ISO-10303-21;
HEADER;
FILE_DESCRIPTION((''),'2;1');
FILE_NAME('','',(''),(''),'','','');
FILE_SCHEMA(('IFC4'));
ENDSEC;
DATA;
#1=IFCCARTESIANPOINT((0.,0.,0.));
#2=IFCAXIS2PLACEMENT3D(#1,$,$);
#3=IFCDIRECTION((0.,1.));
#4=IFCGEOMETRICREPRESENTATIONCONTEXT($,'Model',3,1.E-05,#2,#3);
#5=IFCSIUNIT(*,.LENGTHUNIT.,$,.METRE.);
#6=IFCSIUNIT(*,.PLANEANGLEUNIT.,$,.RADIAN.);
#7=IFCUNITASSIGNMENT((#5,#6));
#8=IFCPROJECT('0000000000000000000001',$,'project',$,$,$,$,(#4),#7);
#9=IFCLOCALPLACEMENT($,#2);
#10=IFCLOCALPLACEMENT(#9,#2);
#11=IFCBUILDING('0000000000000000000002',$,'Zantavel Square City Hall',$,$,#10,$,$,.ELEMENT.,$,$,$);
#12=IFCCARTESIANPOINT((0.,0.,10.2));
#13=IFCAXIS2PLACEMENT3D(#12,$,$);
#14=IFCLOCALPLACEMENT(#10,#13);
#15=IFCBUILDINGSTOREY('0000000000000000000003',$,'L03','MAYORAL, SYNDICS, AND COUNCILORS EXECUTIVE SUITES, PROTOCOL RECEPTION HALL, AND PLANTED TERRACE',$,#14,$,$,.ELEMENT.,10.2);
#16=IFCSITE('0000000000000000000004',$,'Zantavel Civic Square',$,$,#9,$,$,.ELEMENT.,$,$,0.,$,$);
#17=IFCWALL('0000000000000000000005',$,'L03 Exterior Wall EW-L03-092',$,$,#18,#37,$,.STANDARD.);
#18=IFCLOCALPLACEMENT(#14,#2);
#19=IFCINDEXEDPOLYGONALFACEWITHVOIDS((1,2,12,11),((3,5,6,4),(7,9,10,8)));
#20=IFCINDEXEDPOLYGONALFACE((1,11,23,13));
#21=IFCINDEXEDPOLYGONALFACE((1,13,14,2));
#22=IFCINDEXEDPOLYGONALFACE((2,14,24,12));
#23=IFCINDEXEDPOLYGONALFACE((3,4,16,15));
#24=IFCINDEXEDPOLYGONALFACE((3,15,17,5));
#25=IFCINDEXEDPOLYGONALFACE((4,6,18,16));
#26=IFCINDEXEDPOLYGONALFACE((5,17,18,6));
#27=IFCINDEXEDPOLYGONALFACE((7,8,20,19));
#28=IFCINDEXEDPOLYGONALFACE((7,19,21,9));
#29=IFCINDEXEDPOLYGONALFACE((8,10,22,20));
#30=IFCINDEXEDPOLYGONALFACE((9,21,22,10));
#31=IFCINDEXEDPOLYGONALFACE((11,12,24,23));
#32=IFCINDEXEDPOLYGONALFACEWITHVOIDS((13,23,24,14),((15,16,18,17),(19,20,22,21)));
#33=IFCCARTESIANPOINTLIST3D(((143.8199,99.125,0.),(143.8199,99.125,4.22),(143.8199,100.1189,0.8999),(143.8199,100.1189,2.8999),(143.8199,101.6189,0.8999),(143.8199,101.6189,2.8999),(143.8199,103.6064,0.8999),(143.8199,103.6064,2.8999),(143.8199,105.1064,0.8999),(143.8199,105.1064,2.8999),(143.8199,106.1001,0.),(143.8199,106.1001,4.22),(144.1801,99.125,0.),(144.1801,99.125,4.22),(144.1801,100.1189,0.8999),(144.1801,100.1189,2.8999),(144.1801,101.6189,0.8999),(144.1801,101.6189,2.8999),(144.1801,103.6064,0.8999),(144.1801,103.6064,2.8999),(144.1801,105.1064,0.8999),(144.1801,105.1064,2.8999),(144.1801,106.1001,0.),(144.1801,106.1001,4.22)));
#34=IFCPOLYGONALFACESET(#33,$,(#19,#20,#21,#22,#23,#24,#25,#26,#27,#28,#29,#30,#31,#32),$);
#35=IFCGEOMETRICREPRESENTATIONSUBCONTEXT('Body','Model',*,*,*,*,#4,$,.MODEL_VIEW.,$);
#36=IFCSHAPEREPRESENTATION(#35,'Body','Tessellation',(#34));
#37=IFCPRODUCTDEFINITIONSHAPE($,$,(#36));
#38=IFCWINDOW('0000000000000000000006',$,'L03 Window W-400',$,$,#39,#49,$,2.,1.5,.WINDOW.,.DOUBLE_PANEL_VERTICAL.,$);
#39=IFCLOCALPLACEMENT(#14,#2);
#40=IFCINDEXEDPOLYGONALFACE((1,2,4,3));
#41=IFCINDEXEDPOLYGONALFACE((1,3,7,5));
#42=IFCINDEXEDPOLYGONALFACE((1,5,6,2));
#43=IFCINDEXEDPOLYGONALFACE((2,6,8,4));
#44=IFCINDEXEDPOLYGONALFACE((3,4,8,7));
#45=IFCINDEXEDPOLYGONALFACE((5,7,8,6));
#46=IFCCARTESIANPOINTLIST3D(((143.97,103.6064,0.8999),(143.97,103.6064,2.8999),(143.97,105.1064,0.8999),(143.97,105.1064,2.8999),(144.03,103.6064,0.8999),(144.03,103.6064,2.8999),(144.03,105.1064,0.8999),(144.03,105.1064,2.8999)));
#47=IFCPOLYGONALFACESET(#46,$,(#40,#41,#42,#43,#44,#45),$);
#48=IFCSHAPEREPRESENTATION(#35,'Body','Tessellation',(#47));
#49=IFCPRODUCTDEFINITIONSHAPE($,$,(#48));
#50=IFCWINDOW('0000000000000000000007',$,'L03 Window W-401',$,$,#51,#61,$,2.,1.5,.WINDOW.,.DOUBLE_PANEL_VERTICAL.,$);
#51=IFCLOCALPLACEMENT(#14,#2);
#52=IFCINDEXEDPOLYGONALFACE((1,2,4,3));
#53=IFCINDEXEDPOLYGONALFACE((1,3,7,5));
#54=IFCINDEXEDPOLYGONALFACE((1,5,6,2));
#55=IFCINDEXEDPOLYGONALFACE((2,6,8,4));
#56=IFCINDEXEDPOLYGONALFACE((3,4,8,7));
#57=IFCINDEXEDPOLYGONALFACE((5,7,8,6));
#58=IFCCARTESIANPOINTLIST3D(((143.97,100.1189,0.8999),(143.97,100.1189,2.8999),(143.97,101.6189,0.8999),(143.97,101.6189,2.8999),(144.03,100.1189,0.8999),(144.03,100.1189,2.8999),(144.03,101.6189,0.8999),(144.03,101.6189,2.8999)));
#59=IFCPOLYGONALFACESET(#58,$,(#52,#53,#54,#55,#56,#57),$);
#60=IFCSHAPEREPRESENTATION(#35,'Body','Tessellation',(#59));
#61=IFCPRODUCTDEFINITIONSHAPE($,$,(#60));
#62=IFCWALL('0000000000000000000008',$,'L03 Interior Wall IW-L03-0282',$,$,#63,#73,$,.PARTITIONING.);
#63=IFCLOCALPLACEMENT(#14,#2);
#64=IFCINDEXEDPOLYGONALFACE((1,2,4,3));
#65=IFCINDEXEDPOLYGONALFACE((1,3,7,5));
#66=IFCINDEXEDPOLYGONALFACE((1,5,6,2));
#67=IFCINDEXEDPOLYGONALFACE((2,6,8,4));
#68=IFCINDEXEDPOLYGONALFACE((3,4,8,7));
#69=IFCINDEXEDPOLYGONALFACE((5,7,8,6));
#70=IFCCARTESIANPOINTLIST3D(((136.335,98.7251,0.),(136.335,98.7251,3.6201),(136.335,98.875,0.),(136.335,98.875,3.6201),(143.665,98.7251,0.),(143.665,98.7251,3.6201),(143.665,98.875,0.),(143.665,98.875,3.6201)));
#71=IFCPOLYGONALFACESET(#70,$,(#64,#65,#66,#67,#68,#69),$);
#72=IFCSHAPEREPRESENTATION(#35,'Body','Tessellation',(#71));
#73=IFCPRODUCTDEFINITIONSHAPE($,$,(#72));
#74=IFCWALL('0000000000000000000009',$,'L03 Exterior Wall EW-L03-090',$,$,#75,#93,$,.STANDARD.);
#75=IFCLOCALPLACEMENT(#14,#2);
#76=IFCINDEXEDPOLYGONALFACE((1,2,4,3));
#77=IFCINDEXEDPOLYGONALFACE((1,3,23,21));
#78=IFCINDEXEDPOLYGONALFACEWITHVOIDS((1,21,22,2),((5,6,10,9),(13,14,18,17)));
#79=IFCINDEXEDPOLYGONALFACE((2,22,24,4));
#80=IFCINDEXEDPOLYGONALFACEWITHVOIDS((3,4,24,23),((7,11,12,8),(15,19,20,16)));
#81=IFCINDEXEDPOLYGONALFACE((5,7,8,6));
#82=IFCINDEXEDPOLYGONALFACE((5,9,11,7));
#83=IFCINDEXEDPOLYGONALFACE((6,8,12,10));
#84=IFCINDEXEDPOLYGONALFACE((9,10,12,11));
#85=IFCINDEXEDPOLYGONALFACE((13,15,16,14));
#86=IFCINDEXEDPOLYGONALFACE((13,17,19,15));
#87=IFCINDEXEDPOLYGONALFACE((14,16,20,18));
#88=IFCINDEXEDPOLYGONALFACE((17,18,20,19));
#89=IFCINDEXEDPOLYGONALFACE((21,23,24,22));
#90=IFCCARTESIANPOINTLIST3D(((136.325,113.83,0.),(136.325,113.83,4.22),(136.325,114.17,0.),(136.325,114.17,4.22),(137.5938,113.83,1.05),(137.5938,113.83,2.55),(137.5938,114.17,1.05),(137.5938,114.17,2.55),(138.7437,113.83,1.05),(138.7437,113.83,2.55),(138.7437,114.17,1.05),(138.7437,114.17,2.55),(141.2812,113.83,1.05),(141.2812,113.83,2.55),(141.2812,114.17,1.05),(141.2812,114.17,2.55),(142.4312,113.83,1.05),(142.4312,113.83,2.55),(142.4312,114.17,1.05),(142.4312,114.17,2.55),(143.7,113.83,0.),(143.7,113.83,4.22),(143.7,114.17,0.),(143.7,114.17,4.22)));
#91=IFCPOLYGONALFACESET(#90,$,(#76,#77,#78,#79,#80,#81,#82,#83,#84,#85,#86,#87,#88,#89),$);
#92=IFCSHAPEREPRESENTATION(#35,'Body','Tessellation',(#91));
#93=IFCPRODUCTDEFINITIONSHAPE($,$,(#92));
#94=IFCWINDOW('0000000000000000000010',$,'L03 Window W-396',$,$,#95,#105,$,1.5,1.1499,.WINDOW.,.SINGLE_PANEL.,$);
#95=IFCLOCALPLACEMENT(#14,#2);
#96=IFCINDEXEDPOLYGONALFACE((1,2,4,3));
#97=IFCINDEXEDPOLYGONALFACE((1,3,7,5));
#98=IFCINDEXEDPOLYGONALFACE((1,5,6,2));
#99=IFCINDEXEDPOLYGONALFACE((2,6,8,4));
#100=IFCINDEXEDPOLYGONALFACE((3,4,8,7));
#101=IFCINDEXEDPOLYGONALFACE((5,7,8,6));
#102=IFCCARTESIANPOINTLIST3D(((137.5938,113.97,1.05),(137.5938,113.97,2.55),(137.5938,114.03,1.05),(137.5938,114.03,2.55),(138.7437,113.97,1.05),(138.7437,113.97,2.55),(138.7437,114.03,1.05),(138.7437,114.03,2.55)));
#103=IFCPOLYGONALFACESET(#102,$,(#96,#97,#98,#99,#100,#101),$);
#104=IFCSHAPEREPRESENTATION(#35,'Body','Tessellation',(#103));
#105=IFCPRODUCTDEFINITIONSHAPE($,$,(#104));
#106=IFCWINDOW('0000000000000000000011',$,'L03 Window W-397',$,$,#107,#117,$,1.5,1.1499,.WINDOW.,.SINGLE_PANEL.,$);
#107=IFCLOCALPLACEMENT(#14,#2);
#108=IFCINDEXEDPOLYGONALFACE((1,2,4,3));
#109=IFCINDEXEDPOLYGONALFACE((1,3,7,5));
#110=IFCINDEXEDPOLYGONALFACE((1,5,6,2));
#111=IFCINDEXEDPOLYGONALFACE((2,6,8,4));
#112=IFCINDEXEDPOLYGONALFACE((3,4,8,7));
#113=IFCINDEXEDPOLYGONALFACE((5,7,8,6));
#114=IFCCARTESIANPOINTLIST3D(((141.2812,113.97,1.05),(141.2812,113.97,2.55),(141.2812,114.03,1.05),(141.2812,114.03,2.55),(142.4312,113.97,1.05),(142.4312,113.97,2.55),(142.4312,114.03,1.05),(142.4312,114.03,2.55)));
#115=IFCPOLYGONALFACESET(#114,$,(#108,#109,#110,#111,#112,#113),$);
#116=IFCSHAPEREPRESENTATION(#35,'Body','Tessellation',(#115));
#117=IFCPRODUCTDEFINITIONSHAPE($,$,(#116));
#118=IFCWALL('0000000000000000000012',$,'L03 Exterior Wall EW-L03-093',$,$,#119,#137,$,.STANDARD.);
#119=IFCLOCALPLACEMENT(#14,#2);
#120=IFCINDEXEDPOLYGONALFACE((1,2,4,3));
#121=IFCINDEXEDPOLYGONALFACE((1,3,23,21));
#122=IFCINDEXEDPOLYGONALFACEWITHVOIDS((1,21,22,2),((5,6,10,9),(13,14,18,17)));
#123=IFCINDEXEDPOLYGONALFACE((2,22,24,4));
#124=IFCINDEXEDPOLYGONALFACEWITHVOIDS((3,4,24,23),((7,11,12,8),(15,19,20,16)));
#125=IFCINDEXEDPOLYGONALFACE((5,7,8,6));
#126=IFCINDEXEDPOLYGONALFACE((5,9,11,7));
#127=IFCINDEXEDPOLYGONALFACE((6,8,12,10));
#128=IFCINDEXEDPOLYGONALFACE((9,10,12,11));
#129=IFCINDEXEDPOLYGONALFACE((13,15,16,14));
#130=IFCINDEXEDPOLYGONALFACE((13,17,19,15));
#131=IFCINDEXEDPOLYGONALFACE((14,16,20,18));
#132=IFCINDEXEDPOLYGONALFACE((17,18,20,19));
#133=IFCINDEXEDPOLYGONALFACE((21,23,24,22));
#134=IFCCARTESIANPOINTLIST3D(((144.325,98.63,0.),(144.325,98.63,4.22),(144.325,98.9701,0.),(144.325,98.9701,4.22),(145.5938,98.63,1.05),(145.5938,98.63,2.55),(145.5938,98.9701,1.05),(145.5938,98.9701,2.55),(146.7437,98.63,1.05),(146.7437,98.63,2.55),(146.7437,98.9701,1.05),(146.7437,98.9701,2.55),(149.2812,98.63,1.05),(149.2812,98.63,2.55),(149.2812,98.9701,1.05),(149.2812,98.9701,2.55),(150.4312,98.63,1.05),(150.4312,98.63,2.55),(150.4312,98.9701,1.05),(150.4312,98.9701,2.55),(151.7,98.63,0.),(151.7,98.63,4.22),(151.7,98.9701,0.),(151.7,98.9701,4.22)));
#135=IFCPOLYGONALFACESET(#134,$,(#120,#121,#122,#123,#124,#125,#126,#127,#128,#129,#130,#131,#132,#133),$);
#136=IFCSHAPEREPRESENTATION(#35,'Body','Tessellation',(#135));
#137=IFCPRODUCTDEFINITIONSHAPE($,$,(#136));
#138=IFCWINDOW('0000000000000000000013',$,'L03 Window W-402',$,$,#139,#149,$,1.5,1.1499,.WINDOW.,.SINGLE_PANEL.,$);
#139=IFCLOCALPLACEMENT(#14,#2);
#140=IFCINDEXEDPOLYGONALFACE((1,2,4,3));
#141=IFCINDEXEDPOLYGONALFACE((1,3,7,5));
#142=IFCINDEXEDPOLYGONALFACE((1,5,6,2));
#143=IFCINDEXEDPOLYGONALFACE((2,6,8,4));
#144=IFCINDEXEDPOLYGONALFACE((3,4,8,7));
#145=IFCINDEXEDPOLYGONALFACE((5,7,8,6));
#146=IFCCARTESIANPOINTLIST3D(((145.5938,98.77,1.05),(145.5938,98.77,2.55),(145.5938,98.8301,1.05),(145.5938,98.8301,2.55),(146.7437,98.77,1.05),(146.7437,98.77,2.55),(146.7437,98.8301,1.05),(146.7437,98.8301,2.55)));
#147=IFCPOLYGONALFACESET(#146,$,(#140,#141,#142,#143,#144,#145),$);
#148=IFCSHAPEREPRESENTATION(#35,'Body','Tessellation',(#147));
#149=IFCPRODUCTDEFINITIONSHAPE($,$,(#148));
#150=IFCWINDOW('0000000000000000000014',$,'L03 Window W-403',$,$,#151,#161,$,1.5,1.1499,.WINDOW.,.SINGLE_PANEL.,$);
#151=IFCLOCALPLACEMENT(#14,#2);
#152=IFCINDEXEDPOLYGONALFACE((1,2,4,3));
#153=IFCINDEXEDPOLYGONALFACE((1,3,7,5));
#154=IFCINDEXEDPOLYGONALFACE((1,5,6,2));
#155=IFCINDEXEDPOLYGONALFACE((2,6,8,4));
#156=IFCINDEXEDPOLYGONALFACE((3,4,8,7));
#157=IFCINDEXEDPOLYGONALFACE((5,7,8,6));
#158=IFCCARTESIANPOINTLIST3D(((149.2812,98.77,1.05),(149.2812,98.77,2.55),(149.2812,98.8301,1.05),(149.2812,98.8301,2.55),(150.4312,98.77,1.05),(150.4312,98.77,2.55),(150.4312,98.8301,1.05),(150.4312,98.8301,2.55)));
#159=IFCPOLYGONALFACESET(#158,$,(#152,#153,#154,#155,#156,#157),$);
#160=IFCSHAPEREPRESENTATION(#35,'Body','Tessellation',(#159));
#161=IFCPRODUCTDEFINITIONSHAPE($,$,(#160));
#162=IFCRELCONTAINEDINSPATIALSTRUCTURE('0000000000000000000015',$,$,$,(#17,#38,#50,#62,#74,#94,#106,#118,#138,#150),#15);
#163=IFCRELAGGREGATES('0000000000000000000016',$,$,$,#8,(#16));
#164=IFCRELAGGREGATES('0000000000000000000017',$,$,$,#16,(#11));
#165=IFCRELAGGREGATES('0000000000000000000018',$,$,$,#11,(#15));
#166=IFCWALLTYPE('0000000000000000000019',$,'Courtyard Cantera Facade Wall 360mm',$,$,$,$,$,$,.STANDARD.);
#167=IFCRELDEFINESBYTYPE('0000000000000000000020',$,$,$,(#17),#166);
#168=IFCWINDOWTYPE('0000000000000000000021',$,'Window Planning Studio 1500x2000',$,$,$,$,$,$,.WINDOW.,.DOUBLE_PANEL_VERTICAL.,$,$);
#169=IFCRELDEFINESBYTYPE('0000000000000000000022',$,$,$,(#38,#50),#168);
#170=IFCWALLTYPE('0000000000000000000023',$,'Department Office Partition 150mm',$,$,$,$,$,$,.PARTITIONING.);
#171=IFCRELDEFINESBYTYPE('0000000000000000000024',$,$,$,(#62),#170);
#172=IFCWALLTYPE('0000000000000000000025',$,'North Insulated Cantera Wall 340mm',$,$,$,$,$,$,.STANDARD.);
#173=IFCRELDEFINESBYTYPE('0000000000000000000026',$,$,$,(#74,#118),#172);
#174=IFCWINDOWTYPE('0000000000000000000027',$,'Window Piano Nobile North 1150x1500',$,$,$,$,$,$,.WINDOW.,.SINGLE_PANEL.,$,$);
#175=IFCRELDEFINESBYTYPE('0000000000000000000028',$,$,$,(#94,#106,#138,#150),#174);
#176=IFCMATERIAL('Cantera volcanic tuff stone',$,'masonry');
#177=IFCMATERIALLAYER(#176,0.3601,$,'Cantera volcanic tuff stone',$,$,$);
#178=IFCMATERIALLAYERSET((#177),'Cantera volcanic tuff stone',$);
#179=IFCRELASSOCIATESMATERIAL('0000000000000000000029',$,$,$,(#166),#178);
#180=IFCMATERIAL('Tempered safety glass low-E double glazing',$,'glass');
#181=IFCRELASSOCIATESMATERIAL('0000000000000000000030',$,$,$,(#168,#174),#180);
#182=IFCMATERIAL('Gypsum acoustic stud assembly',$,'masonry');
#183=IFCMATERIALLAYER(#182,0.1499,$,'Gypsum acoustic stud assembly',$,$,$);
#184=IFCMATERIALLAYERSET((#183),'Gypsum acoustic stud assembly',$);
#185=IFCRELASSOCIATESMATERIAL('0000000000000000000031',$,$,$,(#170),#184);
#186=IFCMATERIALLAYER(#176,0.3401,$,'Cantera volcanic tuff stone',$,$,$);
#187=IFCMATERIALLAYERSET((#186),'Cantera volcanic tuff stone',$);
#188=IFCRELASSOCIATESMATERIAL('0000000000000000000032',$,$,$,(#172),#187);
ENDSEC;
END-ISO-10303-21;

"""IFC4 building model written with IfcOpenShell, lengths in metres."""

from ifc_helpers import new_model, si_unit, direction, frame, frame_2d, origin, place, context, subcontext, project, spatial, rectangle, extrude, material, layer, layer_set, type_object, element, fill, save


model = new_model("IFC4")

# Units and contexts
model_context = context("Model", 3, precision=1e-05, world=origin(), true_north=direction((0.0, 1.0)))
body_context = subcontext(model_context, "Body", "Model", "MODEL_VIEW")
ifc_project = project(units=[si_unit("LENGTHUNIT", "METRE"), si_unit("PLANEANGLEUNIT", "RADIAN")], contexts=[model_context])

# Site, building, storey
site_placement = place(None, origin())
site = spatial("IfcSite", under=ifc_project, at=site_placement, Name="Zantavel Civic Square", CompositionType="ELEMENT", RefElevation=0.0)
building_placement = place(site_placement, origin())
building = spatial("IfcBuilding", under=site, at=building_placement, Name="Zantavel Square City Hall", CompositionType="ELEMENT")
storey_placement = place(building_placement, frame((0.0, 0.0, 10.2)))
storey = spatial("IfcBuildingStorey", under=building, at=storey_placement, Name="L03", Description="MAYORAL, SYNDICS, AND COUNCILORS EXECUTIVE SUITES, PROTOCOL RECEPTION HALL, AND PLANTED TERRACE", CompositionType="ELEMENT", Elevation=10.2)

# Wall, openings, windows
ifc_material_1 = material(Name="Cantera volcanic tuff stone", Category="masonry")
ifc_layer_1 = layer(ifc_material_1, 0.3601, Name="Cantera volcanic tuff stone")
ifc_layer_set_1 = layer_set([ifc_layer_1], Name="Cantera volcanic tuff stone")
wall_type_1 = type_object("IfcWallType", Name="Courtyard Cantera Facade Wall 360mm", PredefinedType="STANDARD", material=ifc_layer_set_1)
ifc_material_2 = material(Name="Tempered safety glass low-E double glazing", Category="glass")
window_type_1 = type_object("IfcWindowType", Name="Window Planning Studio 1500x2000", PartitioningType="DOUBLE_PANEL_VERTICAL", PredefinedType="WINDOW", material=ifc_material_2)
wall_1_placement = place(storey_placement, frame((144.0, 106.1001, 0.0), z_axis=(0.0, 0.0, 1.0), x_axis=(0.0, -1.0, 0.0)))
wall_1 = element("IfcWall", 1, at=wall_1_placement, inside=storey, type_object=wall_type_1, Name="L03 Exterior Wall EW-L03-092", PredefinedType="STANDARD", context=body_context, shape_type="SweptSolid", body=[
    extrude(rectangle(XDim=6.9751, YDim=0.3601, at=frame_2d((3.4875, 0.0))), origin(), (0.0, 0.0, 1.0), 4.22),
])
opening_1_placement = place(wall_1_placement, frame((0.9937, 0.0, 0.8999)))
opening_1 = element("IfcOpeningElement", 2, at=opening_1_placement, cuts=wall_1, PredefinedType="OPENING", context=body_context, shape_type="SweptSolid", body=[
    extrude(rectangle(XDim=1.5, YDim=2.0, at=frame_2d((0.75, 1.0))), frame((0.0, 0.1899, 0.0), z_axis=(0.0, -1.0, 0.0), x_axis=(1.0, 0.0, 0.0)), (0.0, 0.0, 1.0), 0.3801),
])
opening_2_placement = place(wall_1_placement, frame((4.4812, 0.0, 0.8999)))
opening_2 = element("IfcOpeningElement", 3, at=opening_2_placement, cuts=wall_1, PredefinedType="OPENING", context=body_context, shape_type="SweptSolid", body=[
    extrude(rectangle(XDim=1.5, YDim=2.0, at=frame_2d((0.75, 1.0))), frame((0.0, 0.1899, 0.0), z_axis=(0.0, -1.0, 0.0), x_axis=(1.0, 0.0, 0.0)), (0.0, 0.0, 1.0), 0.3801),
])
window_1_placement = place(opening_1_placement, origin())
window_1 = element("IfcWindow", 4, at=window_1_placement, inside=storey, type_object=window_type_1, Name="L03 Window W-400", OverallHeight=2.0, OverallWidth=1.5, PartitioningType="DOUBLE_PANEL_VERTICAL", PredefinedType="WINDOW", context=body_context, shape_type="SweptSolid", body=[
    extrude(rectangle(XDim=1.5, YDim=2.0, at=frame_2d((0.75, 1.0))), frame((0.0, 0.03, 0.0), z_axis=(0.0, -1.0, 0.0), x_axis=(1.0, 0.0, 0.0)), (0.0, 0.0, 1.0), 0.0601),
])
fill(opening_1, window_1)
window_2_placement = place(opening_2_placement, origin())
window_2 = element("IfcWindow", 5, at=window_2_placement, inside=storey, type_object=window_type_1, Name="L03 Window W-401", OverallHeight=2.0, OverallWidth=1.5, PartitioningType="DOUBLE_PANEL_VERTICAL", PredefinedType="WINDOW", context=body_context, shape_type="SweptSolid", body=[
    extrude(rectangle(XDim=1.5, YDim=2.0, at=frame_2d((0.75, 1.0))), frame((0.0, 0.03, 0.0), z_axis=(0.0, -1.0, 0.0), x_axis=(1.0, 0.0, 0.0)), (0.0, 0.0, 1.0), 0.0601),
])
fill(opening_2, window_2)

# Wall
ifc_material_3 = material(Name="Gypsum acoustic stud assembly", Category="masonry")
ifc_layer_2 = layer(ifc_material_3, 0.1499, Name="Gypsum acoustic stud assembly")
ifc_layer_set_2 = layer_set([ifc_layer_2], Name="Gypsum acoustic stud assembly")
wall_type_2 = type_object("IfcWallType", Name="Department Office Partition 150mm", PredefinedType="PARTITIONING", material=ifc_layer_set_2)
wall_2_placement = place(storey_placement, frame((136.335, 98.8, 0.0), z_axis=(0.0, 0.0, 1.0), x_axis=(1.0, 0.0, 0.0)))
element("IfcWall", 6, at=wall_2_placement, inside=storey, type_object=wall_type_2, Name="L03 Interior Wall IW-L03-0282", PredefinedType="PARTITIONING", context=body_context, shape_type="SweptSolid", body=[
    extrude(rectangle(XDim=7.3301, YDim=0.1499, at=frame_2d((3.665, 0.0))), origin(), (0.0, 0.0, 1.0), 3.6201),
])

# Walls, openings, windows
ifc_layer_3 = layer(ifc_material_1, 0.3401, Name="Cantera volcanic tuff stone")
ifc_layer_set_3 = layer_set([ifc_layer_3], Name="Cantera volcanic tuff stone")
wall_type_3 = type_object("IfcWallType", Name="North Insulated Cantera Wall 340mm", PredefinedType="STANDARD", material=ifc_layer_set_3)
wall_3_placement = place(storey_placement, frame((136.325, 114.0, 0.0), z_axis=(0.0, 0.0, 1.0), x_axis=(1.0, 0.0, 0.0)))
wall_3 = element("IfcWall", 7, at=wall_3_placement, inside=storey, type_object=wall_type_3, Name="L03 Exterior Wall EW-L03-090", PredefinedType="STANDARD", context=body_context, shape_type="SweptSolid", body=[
    extrude(rectangle(XDim=7.375, YDim=0.3401, at=frame_2d((3.6875, 0.0))), origin(), (0.0, 0.0, 1.0), 4.22),
])
opening_3_placement = place(wall_3_placement, frame((1.2688, 0.0, 1.05)))
opening_3 = element("IfcOpeningElement", 8, at=opening_3_placement, cuts=wall_3, PredefinedType="OPENING", context=body_context, shape_type="SweptSolid", body=[
    extrude(rectangle(XDim=1.1499, YDim=1.5, at=frame_2d((0.575, 0.75))), frame((0.0, 0.1799, 0.0), z_axis=(0.0, -1.0, 0.0), x_axis=(1.0, 0.0, 0.0)), (0.0, 0.0, 1.0), 0.3601),
])
opening_4_placement = place(wall_3_placement, frame((4.9563, 0.0, 1.05)))
opening_4 = element("IfcOpeningElement", 9, at=opening_4_placement, cuts=wall_3, PredefinedType="OPENING", context=body_context, shape_type="SweptSolid", body=[
    extrude(rectangle(XDim=1.1499, YDim=1.5, at=frame_2d((0.575, 0.75))), frame((0.0, 0.1799, 0.0), z_axis=(0.0, -1.0, 0.0), x_axis=(1.0, 0.0, 0.0)), (0.0, 0.0, 1.0), 0.3601),
])
window_type_2 = type_object("IfcWindowType", Name="Window Piano Nobile North 1150x1500", PartitioningType="SINGLE_PANEL", PredefinedType="WINDOW", material=ifc_material_2)
window_3_placement = place(opening_3_placement, origin())
window_3 = element("IfcWindow", 10, at=window_3_placement, inside=storey, type_object=window_type_2, Name="L03 Window W-396", OverallHeight=1.5, OverallWidth=1.1499, PartitioningType="SINGLE_PANEL", PredefinedType="WINDOW", context=body_context, shape_type="SweptSolid", body=[
    extrude(rectangle(XDim=1.1499, YDim=1.5, at=frame_2d((0.575, 0.75))), frame((0.0, 0.03, 0.0), z_axis=(0.0, -1.0, 0.0), x_axis=(1.0, 0.0, 0.0)), (0.0, 0.0, 1.0), 0.0601),
])
fill(opening_3, window_3)
window_4_placement = place(opening_4_placement, origin())
window_4 = element("IfcWindow", 11, at=window_4_placement, inside=storey, type_object=window_type_2, Name="L03 Window W-397", OverallHeight=1.5, OverallWidth=1.1499, PartitioningType="SINGLE_PANEL", PredefinedType="WINDOW", context=body_context, shape_type="SweptSolid", body=[
    extrude(rectangle(XDim=1.1499, YDim=1.5, at=frame_2d((0.575, 0.75))), frame((0.0, 0.03, 0.0), z_axis=(0.0, -1.0, 0.0), x_axis=(1.0, 0.0, 0.0)), (0.0, 0.0, 1.0), 0.0601),
])
fill(opening_4, window_4)
wall_4_placement = place(storey_placement, frame((144.325, 98.8, 0.0), z_axis=(0.0, 0.0, 1.0), x_axis=(1.0, 0.0, 0.0)))
wall_4 = element("IfcWall", 12, at=wall_4_placement, inside=storey, type_object=wall_type_3, Name="L03 Exterior Wall EW-L03-093", PredefinedType="STANDARD", context=body_context, shape_type="SweptSolid", body=[
    extrude(rectangle(XDim=7.375, YDim=0.3401, at=frame_2d((3.6875, 0.0))), origin(), (0.0, 0.0, 1.0), 4.22),
])
opening_5_placement = place(wall_4_placement, frame((1.2688, 0.0, 1.05)))
opening_5 = element("IfcOpeningElement", 13, at=opening_5_placement, cuts=wall_4, PredefinedType="OPENING", context=body_context, shape_type="SweptSolid", body=[
    extrude(rectangle(XDim=1.1499, YDim=1.5, at=frame_2d((0.575, 0.75))), frame((0.0, 0.1799, 0.0), z_axis=(0.0, -1.0, 0.0), x_axis=(1.0, 0.0, 0.0)), (0.0, 0.0, 1.0), 0.3601),
])
opening_6_placement = place(wall_4_placement, frame((4.9563, 0.0, 1.05)))
opening_6 = element("IfcOpeningElement", 14, at=opening_6_placement, cuts=wall_4, PredefinedType="OPENING", context=body_context, shape_type="SweptSolid", body=[
    extrude(rectangle(XDim=1.1499, YDim=1.5, at=frame_2d((0.575, 0.75))), frame((0.0, 0.1799, 0.0), z_axis=(0.0, -1.0, 0.0), x_axis=(1.0, 0.0, 0.0)), (0.0, 0.0, 1.0), 0.3601),
])
window_5_placement = place(opening_5_placement, origin())
window_5 = element("IfcWindow", 15, at=window_5_placement, inside=storey, type_object=window_type_2, Name="L03 Window W-402", OverallHeight=1.5, OverallWidth=1.1499, PartitioningType="SINGLE_PANEL", PredefinedType="WINDOW", context=body_context, shape_type="SweptSolid", body=[
    extrude(rectangle(XDim=1.1499, YDim=1.5, at=frame_2d((0.575, 0.75))), frame((0.0, 0.03, 0.0), z_axis=(0.0, -1.0, 0.0), x_axis=(1.0, 0.0, 0.0)), (0.0, 0.0, 1.0), 0.0601),
])
fill(opening_5, window_5)
window_6_placement = place(opening_6_placement, origin())
window_6 = element("IfcWindow", 16, at=window_6_placement, inside=storey, type_object=window_type_2, Name="L03 Window W-403", OverallHeight=1.5, OverallWidth=1.1499, PartitioningType="SINGLE_PANEL", PredefinedType="WINDOW", context=body_context, shape_type="SweptSolid", body=[
    extrude(rectangle(XDim=1.1499, YDim=1.5, at=frame_2d((0.575, 0.75))), frame((0.0, 0.03, 0.0), z_axis=(0.0, -1.0, 0.0), x_axis=(1.0, 0.0, 0.0)), (0.0, 0.0, 1.0), 0.0601),
])
fill(opening_6, window_6)

save(model, "model.ifc")
